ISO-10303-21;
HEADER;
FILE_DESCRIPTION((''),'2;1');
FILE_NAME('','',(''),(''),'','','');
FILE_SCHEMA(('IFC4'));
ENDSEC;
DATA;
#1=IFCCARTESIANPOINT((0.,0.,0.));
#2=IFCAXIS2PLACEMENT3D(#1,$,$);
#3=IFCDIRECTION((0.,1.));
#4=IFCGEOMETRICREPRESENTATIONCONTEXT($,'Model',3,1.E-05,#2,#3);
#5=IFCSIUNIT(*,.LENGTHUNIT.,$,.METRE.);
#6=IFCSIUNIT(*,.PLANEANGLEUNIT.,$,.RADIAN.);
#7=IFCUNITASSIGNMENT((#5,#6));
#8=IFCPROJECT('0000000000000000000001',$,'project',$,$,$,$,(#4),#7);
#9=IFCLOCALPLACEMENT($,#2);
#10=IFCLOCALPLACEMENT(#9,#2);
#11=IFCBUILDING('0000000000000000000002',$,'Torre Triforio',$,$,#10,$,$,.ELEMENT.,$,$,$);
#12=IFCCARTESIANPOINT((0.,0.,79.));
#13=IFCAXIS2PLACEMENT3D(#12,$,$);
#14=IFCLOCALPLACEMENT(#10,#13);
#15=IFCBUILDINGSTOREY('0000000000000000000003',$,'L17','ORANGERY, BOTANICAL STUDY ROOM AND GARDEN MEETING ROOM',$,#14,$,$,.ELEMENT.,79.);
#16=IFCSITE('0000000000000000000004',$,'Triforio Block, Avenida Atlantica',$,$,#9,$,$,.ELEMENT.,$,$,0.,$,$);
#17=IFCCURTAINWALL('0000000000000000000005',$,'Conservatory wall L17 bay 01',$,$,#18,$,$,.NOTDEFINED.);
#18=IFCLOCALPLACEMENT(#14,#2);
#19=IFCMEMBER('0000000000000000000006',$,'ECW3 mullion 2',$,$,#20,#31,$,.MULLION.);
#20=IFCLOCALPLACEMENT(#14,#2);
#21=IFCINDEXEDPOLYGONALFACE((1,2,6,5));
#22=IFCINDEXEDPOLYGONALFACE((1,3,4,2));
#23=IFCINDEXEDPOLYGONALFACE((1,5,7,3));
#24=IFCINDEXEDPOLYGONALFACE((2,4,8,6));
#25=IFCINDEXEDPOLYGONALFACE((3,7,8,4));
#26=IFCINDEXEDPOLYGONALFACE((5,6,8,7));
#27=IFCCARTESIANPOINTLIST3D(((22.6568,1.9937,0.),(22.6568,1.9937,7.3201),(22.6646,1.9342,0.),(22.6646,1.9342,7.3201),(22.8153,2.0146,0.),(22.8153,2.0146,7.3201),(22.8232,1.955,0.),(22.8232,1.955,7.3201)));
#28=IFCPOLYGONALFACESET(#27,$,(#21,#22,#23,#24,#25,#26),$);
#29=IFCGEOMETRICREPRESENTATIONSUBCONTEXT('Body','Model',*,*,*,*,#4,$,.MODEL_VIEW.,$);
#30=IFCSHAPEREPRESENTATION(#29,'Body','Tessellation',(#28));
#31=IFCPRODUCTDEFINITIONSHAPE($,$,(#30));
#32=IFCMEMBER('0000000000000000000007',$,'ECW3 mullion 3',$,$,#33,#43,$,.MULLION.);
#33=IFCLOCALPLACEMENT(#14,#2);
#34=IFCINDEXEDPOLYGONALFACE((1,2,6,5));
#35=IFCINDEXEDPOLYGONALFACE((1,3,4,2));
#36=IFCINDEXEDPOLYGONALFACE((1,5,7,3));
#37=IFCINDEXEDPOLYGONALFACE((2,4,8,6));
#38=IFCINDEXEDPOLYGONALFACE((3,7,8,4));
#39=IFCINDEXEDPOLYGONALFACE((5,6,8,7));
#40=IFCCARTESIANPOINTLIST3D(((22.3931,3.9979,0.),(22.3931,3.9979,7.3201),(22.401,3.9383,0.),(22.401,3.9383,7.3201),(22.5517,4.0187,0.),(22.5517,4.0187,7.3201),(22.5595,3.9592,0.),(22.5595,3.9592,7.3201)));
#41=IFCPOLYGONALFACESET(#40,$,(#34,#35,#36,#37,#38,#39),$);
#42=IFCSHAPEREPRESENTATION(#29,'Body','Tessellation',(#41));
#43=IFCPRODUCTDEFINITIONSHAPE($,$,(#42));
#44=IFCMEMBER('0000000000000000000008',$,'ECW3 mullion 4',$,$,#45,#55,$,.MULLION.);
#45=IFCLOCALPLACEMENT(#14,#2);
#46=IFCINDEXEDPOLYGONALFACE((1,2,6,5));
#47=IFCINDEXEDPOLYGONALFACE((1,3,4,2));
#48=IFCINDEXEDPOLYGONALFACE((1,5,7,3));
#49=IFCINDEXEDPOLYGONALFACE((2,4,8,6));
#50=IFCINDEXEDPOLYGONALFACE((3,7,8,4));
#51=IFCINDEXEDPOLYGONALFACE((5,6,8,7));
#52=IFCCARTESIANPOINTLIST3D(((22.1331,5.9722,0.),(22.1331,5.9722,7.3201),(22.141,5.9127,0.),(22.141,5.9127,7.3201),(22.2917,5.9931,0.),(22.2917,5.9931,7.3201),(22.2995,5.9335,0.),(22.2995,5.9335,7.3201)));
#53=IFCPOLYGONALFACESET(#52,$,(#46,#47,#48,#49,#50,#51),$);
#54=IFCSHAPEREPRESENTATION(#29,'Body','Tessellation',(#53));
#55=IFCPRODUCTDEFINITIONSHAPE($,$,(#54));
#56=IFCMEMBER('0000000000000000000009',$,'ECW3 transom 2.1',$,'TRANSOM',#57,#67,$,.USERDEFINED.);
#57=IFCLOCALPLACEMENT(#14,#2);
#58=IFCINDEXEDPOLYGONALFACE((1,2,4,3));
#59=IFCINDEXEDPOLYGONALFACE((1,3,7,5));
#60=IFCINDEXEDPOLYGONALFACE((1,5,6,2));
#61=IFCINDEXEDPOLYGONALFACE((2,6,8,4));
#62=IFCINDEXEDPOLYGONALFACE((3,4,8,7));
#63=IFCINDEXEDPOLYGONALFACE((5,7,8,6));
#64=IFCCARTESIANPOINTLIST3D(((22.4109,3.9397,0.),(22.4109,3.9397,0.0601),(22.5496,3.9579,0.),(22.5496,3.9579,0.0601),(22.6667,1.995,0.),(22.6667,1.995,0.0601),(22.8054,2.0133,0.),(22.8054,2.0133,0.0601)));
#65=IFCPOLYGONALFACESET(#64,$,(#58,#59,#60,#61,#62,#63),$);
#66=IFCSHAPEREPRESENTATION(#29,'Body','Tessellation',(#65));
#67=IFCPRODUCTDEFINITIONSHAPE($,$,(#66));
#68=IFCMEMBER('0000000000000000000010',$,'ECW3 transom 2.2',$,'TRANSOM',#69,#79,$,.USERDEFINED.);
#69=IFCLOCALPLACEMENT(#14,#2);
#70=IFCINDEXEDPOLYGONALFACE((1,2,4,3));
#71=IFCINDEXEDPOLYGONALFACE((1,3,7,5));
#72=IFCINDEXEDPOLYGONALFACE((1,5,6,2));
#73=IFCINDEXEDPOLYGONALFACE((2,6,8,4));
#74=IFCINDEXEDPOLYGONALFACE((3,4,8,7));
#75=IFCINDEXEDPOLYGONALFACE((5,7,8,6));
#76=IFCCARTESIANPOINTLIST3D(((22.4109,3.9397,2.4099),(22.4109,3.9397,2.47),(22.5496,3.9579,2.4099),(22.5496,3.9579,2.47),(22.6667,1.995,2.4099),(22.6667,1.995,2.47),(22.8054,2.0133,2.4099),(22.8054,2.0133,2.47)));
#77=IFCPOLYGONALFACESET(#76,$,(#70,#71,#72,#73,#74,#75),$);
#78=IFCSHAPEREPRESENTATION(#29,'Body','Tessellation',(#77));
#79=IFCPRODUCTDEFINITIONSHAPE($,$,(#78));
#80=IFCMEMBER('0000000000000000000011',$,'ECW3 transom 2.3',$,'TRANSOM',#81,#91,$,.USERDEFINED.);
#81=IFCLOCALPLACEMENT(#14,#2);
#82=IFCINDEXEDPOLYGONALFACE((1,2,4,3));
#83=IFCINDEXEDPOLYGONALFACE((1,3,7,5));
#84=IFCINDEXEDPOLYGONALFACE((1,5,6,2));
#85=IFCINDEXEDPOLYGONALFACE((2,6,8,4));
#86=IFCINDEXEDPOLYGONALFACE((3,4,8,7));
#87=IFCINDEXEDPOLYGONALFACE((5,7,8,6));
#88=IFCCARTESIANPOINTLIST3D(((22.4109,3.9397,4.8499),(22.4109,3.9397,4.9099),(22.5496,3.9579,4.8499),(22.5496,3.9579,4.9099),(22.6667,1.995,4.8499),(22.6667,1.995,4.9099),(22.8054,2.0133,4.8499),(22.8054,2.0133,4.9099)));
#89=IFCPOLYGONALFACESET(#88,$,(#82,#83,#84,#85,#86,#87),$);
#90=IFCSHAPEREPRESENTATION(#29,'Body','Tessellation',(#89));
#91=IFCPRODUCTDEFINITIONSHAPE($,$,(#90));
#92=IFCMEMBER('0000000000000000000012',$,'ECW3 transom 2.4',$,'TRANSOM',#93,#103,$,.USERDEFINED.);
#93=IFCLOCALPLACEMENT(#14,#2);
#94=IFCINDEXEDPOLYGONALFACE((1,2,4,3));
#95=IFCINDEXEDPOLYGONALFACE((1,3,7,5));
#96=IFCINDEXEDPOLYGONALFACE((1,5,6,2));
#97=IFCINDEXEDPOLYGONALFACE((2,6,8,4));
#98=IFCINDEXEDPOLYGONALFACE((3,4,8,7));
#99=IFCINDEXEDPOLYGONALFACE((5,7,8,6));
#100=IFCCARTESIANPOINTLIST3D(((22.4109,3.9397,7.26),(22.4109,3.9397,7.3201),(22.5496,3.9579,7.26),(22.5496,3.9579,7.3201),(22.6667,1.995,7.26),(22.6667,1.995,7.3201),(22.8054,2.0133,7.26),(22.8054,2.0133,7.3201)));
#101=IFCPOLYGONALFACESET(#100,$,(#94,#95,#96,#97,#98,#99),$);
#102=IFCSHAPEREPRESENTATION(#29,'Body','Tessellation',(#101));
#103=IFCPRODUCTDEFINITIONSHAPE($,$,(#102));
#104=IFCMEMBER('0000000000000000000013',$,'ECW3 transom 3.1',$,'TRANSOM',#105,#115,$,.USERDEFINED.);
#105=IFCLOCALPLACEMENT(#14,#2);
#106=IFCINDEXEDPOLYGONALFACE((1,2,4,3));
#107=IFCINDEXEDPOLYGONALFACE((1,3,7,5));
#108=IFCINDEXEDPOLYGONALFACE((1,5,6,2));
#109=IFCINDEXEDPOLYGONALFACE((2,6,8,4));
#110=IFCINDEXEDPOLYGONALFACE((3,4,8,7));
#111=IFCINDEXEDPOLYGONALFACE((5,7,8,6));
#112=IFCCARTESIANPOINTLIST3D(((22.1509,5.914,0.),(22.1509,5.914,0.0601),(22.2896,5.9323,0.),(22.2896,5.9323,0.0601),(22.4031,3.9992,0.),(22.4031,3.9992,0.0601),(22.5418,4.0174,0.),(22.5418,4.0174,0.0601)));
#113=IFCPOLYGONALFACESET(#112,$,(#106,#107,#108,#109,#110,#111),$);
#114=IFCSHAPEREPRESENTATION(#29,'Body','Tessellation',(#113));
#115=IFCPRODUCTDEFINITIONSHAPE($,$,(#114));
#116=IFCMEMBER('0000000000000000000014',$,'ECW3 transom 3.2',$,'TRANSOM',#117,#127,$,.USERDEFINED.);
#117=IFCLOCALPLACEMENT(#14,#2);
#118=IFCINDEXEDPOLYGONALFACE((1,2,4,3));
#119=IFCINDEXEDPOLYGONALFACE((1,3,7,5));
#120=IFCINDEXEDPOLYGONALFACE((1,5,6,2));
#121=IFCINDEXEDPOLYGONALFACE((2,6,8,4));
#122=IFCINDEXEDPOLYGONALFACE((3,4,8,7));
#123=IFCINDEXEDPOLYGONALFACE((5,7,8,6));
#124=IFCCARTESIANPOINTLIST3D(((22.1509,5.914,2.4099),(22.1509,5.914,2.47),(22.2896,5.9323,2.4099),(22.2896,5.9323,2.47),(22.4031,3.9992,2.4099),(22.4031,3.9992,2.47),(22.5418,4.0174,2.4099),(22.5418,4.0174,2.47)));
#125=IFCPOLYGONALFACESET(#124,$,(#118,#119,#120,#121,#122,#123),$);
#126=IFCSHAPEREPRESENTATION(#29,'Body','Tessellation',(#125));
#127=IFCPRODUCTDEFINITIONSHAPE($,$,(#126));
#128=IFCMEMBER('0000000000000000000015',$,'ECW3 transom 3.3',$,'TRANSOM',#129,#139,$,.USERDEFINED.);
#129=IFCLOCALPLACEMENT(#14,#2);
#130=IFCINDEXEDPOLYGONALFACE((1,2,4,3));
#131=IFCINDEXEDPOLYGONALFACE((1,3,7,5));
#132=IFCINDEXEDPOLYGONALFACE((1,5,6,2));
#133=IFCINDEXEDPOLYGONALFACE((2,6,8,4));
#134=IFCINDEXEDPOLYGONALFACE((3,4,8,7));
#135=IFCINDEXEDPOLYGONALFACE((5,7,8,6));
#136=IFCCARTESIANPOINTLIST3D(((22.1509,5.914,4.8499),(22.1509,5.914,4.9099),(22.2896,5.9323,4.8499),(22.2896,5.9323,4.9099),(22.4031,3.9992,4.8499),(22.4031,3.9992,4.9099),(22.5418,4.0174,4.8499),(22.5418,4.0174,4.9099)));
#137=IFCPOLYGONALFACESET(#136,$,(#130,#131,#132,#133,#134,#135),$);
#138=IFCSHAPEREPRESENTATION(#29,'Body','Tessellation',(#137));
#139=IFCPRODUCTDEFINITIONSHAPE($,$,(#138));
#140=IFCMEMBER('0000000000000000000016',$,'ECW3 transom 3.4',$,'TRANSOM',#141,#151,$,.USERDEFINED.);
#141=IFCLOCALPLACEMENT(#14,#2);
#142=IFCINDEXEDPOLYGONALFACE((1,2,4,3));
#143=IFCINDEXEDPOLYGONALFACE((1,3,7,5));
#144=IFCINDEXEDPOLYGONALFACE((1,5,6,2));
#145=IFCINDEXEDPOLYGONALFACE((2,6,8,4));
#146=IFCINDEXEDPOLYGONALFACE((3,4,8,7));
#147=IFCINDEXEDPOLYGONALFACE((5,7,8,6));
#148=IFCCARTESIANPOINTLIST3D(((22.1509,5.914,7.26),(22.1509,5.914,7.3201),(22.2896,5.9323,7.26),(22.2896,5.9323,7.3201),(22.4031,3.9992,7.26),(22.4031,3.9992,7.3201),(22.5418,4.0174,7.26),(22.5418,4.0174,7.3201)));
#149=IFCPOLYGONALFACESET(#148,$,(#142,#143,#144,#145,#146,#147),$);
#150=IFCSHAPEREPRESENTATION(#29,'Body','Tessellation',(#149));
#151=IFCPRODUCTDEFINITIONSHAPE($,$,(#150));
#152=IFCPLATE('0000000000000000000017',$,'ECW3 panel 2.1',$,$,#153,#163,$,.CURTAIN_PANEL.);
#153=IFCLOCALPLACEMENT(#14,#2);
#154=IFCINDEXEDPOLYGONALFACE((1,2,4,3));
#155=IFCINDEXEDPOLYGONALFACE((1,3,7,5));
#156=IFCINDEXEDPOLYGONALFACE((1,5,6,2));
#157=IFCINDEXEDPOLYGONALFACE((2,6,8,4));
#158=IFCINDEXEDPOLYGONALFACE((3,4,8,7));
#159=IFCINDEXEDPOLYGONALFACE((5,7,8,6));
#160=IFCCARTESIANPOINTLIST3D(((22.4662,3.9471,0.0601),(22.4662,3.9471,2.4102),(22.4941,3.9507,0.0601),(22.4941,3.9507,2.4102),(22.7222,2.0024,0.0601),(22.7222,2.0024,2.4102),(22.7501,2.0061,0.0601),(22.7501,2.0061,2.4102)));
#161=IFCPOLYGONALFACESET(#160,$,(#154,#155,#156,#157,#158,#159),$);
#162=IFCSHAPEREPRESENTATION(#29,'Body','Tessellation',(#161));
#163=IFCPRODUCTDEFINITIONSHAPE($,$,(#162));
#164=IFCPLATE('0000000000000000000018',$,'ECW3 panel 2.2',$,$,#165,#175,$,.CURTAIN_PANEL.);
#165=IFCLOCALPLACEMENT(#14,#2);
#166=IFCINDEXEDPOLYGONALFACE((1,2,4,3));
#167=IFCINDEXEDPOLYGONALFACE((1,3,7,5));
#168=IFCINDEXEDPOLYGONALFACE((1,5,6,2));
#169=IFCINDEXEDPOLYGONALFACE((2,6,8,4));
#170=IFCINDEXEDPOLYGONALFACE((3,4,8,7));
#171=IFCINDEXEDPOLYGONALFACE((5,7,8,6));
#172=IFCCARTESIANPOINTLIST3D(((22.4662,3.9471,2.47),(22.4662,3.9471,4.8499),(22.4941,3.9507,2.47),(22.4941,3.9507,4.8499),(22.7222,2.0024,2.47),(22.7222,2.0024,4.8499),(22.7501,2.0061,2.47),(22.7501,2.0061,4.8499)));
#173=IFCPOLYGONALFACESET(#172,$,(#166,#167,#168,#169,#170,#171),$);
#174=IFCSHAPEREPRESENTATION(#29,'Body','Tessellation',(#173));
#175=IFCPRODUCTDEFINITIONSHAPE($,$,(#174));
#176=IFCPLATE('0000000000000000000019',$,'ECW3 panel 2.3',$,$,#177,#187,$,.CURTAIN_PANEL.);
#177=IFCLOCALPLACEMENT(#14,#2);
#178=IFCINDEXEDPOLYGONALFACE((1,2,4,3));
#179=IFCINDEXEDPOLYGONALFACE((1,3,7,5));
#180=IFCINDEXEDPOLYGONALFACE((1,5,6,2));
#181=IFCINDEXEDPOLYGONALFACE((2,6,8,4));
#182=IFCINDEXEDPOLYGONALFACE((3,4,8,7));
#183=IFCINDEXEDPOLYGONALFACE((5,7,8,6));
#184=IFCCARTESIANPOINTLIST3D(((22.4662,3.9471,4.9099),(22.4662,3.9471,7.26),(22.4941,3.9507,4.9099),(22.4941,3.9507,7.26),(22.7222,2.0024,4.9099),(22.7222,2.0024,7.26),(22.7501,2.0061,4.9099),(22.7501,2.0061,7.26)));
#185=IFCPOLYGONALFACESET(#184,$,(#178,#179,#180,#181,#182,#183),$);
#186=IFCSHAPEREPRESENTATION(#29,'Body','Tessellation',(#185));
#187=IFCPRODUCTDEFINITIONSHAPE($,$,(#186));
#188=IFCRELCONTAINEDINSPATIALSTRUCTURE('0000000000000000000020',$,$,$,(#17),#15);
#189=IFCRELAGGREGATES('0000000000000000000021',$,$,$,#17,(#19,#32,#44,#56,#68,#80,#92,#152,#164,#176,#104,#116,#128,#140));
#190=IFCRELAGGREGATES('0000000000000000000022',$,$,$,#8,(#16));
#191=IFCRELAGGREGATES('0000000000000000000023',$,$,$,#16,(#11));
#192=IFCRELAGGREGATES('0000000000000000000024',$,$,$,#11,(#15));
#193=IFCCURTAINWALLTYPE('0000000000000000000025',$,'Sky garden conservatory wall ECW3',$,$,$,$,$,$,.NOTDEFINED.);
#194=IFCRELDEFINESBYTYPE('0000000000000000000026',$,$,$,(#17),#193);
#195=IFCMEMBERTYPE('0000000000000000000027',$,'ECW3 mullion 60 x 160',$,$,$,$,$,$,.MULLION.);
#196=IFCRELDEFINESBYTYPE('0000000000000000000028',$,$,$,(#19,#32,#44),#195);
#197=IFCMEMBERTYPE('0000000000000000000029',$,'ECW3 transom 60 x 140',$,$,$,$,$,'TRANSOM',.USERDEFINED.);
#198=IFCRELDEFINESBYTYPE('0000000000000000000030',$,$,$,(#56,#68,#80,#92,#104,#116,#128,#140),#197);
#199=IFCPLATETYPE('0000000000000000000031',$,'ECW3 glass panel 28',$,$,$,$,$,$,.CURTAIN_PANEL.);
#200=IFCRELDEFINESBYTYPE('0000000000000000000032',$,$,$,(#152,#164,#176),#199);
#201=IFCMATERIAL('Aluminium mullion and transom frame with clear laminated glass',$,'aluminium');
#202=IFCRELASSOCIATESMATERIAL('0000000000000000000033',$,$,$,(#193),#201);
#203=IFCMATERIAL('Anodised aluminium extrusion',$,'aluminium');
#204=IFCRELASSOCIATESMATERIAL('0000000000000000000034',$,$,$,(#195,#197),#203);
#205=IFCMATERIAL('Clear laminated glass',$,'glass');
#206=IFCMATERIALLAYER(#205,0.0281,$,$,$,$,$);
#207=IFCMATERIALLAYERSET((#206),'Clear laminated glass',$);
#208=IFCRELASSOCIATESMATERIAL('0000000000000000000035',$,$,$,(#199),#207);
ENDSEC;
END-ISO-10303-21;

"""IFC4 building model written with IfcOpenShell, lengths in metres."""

from ifc_helpers import new_model, si_unit, direction, frame, origin, origin_2d, place, context, subcontext, project, spatial, rectangle, extrude, material, layer, layer_set, material_profile, profile_set, type_object, element, aggregate, save


model = new_model("IFC4")

# Units and contexts
model_context = context("Model", 3, precision=1e-05, world=origin(), true_north=direction((0.0, 1.0)))
body_context = subcontext(model_context, "Body", "Model", "MODEL_VIEW")
ifc_project = project(units=[si_unit("LENGTHUNIT", "METRE"), si_unit("PLANEANGLEUNIT", "RADIAN")], contexts=[model_context])

# Site, building, storey
site_placement = place(None, origin())
site = spatial("IfcSite", under=ifc_project, at=site_placement, Name="Triforio Block, Avenida Atlantica", CompositionType="ELEMENT", RefElevation=0.0)
building_placement = place(site_placement, origin())
building = spatial("IfcBuilding", under=site, at=building_placement, Name="Torre Triforio", CompositionType="ELEMENT")
storey_placement = place(building_placement, frame((0.0, 0.0, 79.0)))
storey = spatial("IfcBuildingStorey", under=building, at=storey_placement, Name="L17", Description="ORANGERY, BOTANICAL STUDY ROOM AND GARDEN MEETING ROOM", CompositionType="ELEMENT", Elevation=79.0)

# Curtain wall, members, plates
ifc_material_1 = material(Name="Aluminium mullion and transom frame with clear laminated glass", Category="aluminium")
curtain_wall_type = type_object("IfcCurtainWallType", Name="Sky garden conservatory wall ECW3", PredefinedType="NOTDEFINED", material=ifc_material_1)
curtain_wall_placement = place(storey_placement, origin())
curtain_wall = element("IfcCurtainWall", 1, at=curtain_wall_placement, inside=storey, type_object=curtain_wall_type, Name="Conservatory wall L17 bay 01", PredefinedType="NOTDEFINED")
ifc_material_2 = material(Name="Anodised aluminium extrusion", Category="aluminium")
ifc_material_profile_1 = material_profile(ifc_material_2, rectangle(XDim=0.1599, YDim=0.0601, at=origin_2d()), Name="ECW3 MULLION 60x160")
ifc_profile_set_1 = profile_set([ifc_material_profile_1], Name="Anodised aluminium extrusion")
member_type_1 = type_object("IfcMemberType", Name="ECW3 mullion 60 x 160", PredefinedType="MULLION", material=ifc_profile_set_1)
member_1_placement = place(storey_placement, frame((22.74, 1.9744, 0.0), z_axis=(0.0, 0.0, 1.0), x_axis=(-0.991446, -0.130521, 0.0)))
member_1 = element("IfcMember", 2, at=member_1_placement, type_object=member_type_1, Name="ECW3 mullion 2", PredefinedType="MULLION", context=body_context, shape_type="SweptSolid", body=[
    extrude(rectangle(XDim=0.1599, YDim=0.0601, at=origin_2d()), origin(), (0.0, 0.0, 1.0), 7.3201),
])
member_2_placement = place(storey_placement, frame((22.4763, 3.9785, 0.0), z_axis=(0.0, 0.0, 1.0), x_axis=(-0.991446, -0.130521, 0.0)))
member_2 = element("IfcMember", 3, at=member_2_placement, type_object=member_type_1, Name="ECW3 mullion 3", PredefinedType="MULLION", context=body_context, shape_type="SweptSolid", body=[
    extrude(rectangle(XDim=0.1599, YDim=0.0601, at=origin_2d()), origin(), (0.0, 0.0, 1.0), 7.3201),
])
member_3_placement = place(storey_placement, frame((22.2163, 5.9529, 0.0), z_axis=(0.0, 0.0, 1.0), x_axis=(-0.991446, -0.130521, 0.0)))
member_3 = element("IfcMember", 4, at=member_3_placement, type_object=member_type_1, Name="ECW3 mullion 4", PredefinedType="MULLION", context=body_context, shape_type="SweptSolid", body=[
    extrude(rectangle(XDim=0.1599, YDim=0.0601, at=origin_2d()), origin(), (0.0, 0.0, 1.0), 7.3201),
])
ifc_material_profile_2 = material_profile(ifc_material_2, rectangle(XDim=0.1399, YDim=0.0601, at=origin_2d()), Name="ECW3 TRANSOM 60x140")
ifc_profile_set_2 = profile_set([ifc_material_profile_2], Name="Anodised aluminium extrusion")
member_type_2 = type_object("IfcMemberType", Name="ECW3 transom 60 x 140", ElementType="TRANSOM", PredefinedType="USERDEFINED", material=ifc_profile_set_2)
member_4_placement = place(storey_placement, frame((22.7361, 2.0042, 0.03), z_axis=(-0.130451, 0.991455, 0.0), x_axis=(-0.991455, -0.130451, 0.0)))
member_4 = element("IfcMember", 5, at=member_4_placement, type_object=member_type_2, Name="ECW3 transom 2.1", ObjectType="TRANSOM", PredefinedType="USERDEFINED", context=body_context, shape_type="SweptSolid", body=[
    extrude(rectangle(XDim=0.1399, YDim=0.0601, at=origin_2d()), origin(), (0.0, 0.0, 1.0), 1.9614),
])
member_5_placement = place(storey_placement, frame((22.7361, 2.0042, 2.4399), z_axis=(-0.130451, 0.991455, 0.0), x_axis=(-0.991455, -0.130451, 0.0)))
member_5 = element("IfcMember", 6, at=member_5_placement, type_object=member_type_2, Name="ECW3 transom 2.2", ObjectType="TRANSOM", PredefinedType="USERDEFINED", context=body_context, shape_type="SweptSolid", body=[
    extrude(rectangle(XDim=0.1399, YDim=0.0601, at=origin_2d()), origin(), (0.0, 0.0, 1.0), 1.9614),
])
member_6_placement = place(storey_placement, frame((22.7361, 2.0042, 4.8799), z_axis=(-0.130451, 0.991455, 0.0), x_axis=(-0.991455, -0.130451, 0.0)))
member_6 = element("IfcMember", 7, at=member_6_placement, type_object=member_type_2, Name="ECW3 transom 2.3", ObjectType="TRANSOM", PredefinedType="USERDEFINED", context=body_context, shape_type="SweptSolid", body=[
    extrude(rectangle(XDim=0.1399, YDim=0.0601, at=origin_2d()), origin(), (0.0, 0.0, 1.0), 1.9614),
])
member_7_placement = place(storey_placement, frame((22.7361, 2.0042, 7.29), z_axis=(-0.130451, 0.991455, 0.0), x_axis=(-0.991455, -0.130451, 0.0)))
member_7 = element("IfcMember", 8, at=member_7_placement, type_object=member_type_2, Name="ECW3 transom 2.4", ObjectType="TRANSOM", PredefinedType="USERDEFINED", context=body_context, shape_type="SweptSolid", body=[
    extrude(rectangle(XDim=0.1399, YDim=0.0601, at=origin_2d()), origin(), (0.0, 0.0, 1.0), 1.9614),
])
member_8_placement = place(storey_placement, frame((22.4724, 4.0083, 0.03), z_axis=(-0.130582, 0.991438, 0.0), x_axis=(-0.991438, -0.130582, 0.0)))
member_8 = element("IfcMember", 9, at=member_8_placement, type_object=member_type_2, Name="ECW3 transom 3.1", ObjectType="TRANSOM", PredefinedType="USERDEFINED", context=body_context, shape_type="SweptSolid", body=[
    extrude(rectangle(XDim=0.1399, YDim=0.0601, at=origin_2d()), origin(), (0.0, 0.0, 1.0), 1.9314),
])
member_9_placement = place(storey_placement, frame((22.4724, 4.0083, 2.4399), z_axis=(-0.130582, 0.991438, 0.0), x_axis=(-0.991438, -0.130582, 0.0)))
member_9 = element("IfcMember", 10, at=member_9_placement, type_object=member_type_2, Name="ECW3 transom 3.2", ObjectType="TRANSOM", PredefinedType="USERDEFINED", context=body_context, shape_type="SweptSolid", body=[
    extrude(rectangle(XDim=0.1399, YDim=0.0601, at=origin_2d()), origin(), (0.0, 0.0, 1.0), 1.9314),
])
member_10_placement = place(storey_placement, frame((22.4724, 4.0083, 4.8799), z_axis=(-0.130582, 0.991438, 0.0), x_axis=(-0.991438, -0.130582, 0.0)))
member_10 = element("IfcMember", 11, at=member_10_placement, type_object=member_type_2, Name="ECW3 transom 3.3", ObjectType="TRANSOM", PredefinedType="USERDEFINED", context=body_context, shape_type="SweptSolid", body=[
    extrude(rectangle(XDim=0.1399, YDim=0.0601, at=origin_2d()), origin(), (0.0, 0.0, 1.0), 1.9314),
])
member_11_placement = place(storey_placement, frame((22.4724, 4.0083, 7.29), z_axis=(-0.130582, 0.991438, 0.0), x_axis=(-0.991438, -0.130582, 0.0)))
member_11 = element("IfcMember", 12, at=member_11_placement, type_object=member_type_2, Name="ECW3 transom 3.4", ObjectType="TRANSOM", PredefinedType="USERDEFINED", context=body_context, shape_type="SweptSolid", body=[
    extrude(rectangle(XDim=0.1399, YDim=0.0601, at=origin_2d()), origin(), (0.0, 0.0, 1.0), 1.9314),
])
ifc_material_3 = material(Name="Clear laminated glass", Category="glass")
ifc_layer_1 = layer(ifc_material_3, 0.0281)
ifc_layer_set_1 = layer_set([ifc_layer_1], Name="Clear laminated glass")
plate_type = type_object("IfcPlateType", Name="ECW3 glass panel 28", PredefinedType="CURTAIN_PANEL", material=ifc_layer_set_1)
plate_1_placement = place(storey_placement, frame((22.6082, 2.9766, 0.0601), z_axis=(0.0, 0.0, 1.0), x_axis=(-0.130521, 0.991446, 0.0)))
plate_1 = element("IfcPlate", 13, at=plate_1_placement, type_object=plate_type, Name="ECW3 panel 2.1", PredefinedType="CURTAIN_PANEL", context=body_context, shape_type="SweptSolid", body=[
    extrude(rectangle(XDim=1.9614, YDim=0.0281, at=origin_2d()), origin(), (0.0, 0.0, 1.0), 2.3501),
])
plate_2_placement = place(storey_placement, frame((22.6082, 2.9766, 2.47), z_axis=(0.0, 0.0, 1.0), x_axis=(-0.130521, 0.991446, 0.0)))
plate_2 = element("IfcPlate", 14, at=plate_2_placement, type_object=plate_type, Name="ECW3 panel 2.2", PredefinedType="CURTAIN_PANEL", context=body_context, shape_type="SweptSolid", body=[
    extrude(rectangle(XDim=1.9614, YDim=0.0281, at=origin_2d()), origin(), (0.0, 0.0, 1.0), 2.3799),
])
plate_3_placement = place(storey_placement, frame((22.6082, 2.9766, 4.9099), z_axis=(0.0, 0.0, 1.0), x_axis=(-0.130521, 0.991446, 0.0)))
plate_3 = element("IfcPlate", 15, at=plate_3_placement, type_object=plate_type, Name="ECW3 panel 2.3", PredefinedType="CURTAIN_PANEL", context=body_context, shape_type="SweptSolid", body=[
    extrude(rectangle(XDim=1.9614, YDim=0.0281, at=origin_2d()), origin(), (0.0, 0.0, 1.0), 2.3501),
])
aggregate(curtain_wall, [member_1, member_2, member_3, member_4, member_5, member_6, member_7, plate_1, plate_2, plate_3, member_8, member_9, member_10, member_11])

save(model, "model.ifc")
